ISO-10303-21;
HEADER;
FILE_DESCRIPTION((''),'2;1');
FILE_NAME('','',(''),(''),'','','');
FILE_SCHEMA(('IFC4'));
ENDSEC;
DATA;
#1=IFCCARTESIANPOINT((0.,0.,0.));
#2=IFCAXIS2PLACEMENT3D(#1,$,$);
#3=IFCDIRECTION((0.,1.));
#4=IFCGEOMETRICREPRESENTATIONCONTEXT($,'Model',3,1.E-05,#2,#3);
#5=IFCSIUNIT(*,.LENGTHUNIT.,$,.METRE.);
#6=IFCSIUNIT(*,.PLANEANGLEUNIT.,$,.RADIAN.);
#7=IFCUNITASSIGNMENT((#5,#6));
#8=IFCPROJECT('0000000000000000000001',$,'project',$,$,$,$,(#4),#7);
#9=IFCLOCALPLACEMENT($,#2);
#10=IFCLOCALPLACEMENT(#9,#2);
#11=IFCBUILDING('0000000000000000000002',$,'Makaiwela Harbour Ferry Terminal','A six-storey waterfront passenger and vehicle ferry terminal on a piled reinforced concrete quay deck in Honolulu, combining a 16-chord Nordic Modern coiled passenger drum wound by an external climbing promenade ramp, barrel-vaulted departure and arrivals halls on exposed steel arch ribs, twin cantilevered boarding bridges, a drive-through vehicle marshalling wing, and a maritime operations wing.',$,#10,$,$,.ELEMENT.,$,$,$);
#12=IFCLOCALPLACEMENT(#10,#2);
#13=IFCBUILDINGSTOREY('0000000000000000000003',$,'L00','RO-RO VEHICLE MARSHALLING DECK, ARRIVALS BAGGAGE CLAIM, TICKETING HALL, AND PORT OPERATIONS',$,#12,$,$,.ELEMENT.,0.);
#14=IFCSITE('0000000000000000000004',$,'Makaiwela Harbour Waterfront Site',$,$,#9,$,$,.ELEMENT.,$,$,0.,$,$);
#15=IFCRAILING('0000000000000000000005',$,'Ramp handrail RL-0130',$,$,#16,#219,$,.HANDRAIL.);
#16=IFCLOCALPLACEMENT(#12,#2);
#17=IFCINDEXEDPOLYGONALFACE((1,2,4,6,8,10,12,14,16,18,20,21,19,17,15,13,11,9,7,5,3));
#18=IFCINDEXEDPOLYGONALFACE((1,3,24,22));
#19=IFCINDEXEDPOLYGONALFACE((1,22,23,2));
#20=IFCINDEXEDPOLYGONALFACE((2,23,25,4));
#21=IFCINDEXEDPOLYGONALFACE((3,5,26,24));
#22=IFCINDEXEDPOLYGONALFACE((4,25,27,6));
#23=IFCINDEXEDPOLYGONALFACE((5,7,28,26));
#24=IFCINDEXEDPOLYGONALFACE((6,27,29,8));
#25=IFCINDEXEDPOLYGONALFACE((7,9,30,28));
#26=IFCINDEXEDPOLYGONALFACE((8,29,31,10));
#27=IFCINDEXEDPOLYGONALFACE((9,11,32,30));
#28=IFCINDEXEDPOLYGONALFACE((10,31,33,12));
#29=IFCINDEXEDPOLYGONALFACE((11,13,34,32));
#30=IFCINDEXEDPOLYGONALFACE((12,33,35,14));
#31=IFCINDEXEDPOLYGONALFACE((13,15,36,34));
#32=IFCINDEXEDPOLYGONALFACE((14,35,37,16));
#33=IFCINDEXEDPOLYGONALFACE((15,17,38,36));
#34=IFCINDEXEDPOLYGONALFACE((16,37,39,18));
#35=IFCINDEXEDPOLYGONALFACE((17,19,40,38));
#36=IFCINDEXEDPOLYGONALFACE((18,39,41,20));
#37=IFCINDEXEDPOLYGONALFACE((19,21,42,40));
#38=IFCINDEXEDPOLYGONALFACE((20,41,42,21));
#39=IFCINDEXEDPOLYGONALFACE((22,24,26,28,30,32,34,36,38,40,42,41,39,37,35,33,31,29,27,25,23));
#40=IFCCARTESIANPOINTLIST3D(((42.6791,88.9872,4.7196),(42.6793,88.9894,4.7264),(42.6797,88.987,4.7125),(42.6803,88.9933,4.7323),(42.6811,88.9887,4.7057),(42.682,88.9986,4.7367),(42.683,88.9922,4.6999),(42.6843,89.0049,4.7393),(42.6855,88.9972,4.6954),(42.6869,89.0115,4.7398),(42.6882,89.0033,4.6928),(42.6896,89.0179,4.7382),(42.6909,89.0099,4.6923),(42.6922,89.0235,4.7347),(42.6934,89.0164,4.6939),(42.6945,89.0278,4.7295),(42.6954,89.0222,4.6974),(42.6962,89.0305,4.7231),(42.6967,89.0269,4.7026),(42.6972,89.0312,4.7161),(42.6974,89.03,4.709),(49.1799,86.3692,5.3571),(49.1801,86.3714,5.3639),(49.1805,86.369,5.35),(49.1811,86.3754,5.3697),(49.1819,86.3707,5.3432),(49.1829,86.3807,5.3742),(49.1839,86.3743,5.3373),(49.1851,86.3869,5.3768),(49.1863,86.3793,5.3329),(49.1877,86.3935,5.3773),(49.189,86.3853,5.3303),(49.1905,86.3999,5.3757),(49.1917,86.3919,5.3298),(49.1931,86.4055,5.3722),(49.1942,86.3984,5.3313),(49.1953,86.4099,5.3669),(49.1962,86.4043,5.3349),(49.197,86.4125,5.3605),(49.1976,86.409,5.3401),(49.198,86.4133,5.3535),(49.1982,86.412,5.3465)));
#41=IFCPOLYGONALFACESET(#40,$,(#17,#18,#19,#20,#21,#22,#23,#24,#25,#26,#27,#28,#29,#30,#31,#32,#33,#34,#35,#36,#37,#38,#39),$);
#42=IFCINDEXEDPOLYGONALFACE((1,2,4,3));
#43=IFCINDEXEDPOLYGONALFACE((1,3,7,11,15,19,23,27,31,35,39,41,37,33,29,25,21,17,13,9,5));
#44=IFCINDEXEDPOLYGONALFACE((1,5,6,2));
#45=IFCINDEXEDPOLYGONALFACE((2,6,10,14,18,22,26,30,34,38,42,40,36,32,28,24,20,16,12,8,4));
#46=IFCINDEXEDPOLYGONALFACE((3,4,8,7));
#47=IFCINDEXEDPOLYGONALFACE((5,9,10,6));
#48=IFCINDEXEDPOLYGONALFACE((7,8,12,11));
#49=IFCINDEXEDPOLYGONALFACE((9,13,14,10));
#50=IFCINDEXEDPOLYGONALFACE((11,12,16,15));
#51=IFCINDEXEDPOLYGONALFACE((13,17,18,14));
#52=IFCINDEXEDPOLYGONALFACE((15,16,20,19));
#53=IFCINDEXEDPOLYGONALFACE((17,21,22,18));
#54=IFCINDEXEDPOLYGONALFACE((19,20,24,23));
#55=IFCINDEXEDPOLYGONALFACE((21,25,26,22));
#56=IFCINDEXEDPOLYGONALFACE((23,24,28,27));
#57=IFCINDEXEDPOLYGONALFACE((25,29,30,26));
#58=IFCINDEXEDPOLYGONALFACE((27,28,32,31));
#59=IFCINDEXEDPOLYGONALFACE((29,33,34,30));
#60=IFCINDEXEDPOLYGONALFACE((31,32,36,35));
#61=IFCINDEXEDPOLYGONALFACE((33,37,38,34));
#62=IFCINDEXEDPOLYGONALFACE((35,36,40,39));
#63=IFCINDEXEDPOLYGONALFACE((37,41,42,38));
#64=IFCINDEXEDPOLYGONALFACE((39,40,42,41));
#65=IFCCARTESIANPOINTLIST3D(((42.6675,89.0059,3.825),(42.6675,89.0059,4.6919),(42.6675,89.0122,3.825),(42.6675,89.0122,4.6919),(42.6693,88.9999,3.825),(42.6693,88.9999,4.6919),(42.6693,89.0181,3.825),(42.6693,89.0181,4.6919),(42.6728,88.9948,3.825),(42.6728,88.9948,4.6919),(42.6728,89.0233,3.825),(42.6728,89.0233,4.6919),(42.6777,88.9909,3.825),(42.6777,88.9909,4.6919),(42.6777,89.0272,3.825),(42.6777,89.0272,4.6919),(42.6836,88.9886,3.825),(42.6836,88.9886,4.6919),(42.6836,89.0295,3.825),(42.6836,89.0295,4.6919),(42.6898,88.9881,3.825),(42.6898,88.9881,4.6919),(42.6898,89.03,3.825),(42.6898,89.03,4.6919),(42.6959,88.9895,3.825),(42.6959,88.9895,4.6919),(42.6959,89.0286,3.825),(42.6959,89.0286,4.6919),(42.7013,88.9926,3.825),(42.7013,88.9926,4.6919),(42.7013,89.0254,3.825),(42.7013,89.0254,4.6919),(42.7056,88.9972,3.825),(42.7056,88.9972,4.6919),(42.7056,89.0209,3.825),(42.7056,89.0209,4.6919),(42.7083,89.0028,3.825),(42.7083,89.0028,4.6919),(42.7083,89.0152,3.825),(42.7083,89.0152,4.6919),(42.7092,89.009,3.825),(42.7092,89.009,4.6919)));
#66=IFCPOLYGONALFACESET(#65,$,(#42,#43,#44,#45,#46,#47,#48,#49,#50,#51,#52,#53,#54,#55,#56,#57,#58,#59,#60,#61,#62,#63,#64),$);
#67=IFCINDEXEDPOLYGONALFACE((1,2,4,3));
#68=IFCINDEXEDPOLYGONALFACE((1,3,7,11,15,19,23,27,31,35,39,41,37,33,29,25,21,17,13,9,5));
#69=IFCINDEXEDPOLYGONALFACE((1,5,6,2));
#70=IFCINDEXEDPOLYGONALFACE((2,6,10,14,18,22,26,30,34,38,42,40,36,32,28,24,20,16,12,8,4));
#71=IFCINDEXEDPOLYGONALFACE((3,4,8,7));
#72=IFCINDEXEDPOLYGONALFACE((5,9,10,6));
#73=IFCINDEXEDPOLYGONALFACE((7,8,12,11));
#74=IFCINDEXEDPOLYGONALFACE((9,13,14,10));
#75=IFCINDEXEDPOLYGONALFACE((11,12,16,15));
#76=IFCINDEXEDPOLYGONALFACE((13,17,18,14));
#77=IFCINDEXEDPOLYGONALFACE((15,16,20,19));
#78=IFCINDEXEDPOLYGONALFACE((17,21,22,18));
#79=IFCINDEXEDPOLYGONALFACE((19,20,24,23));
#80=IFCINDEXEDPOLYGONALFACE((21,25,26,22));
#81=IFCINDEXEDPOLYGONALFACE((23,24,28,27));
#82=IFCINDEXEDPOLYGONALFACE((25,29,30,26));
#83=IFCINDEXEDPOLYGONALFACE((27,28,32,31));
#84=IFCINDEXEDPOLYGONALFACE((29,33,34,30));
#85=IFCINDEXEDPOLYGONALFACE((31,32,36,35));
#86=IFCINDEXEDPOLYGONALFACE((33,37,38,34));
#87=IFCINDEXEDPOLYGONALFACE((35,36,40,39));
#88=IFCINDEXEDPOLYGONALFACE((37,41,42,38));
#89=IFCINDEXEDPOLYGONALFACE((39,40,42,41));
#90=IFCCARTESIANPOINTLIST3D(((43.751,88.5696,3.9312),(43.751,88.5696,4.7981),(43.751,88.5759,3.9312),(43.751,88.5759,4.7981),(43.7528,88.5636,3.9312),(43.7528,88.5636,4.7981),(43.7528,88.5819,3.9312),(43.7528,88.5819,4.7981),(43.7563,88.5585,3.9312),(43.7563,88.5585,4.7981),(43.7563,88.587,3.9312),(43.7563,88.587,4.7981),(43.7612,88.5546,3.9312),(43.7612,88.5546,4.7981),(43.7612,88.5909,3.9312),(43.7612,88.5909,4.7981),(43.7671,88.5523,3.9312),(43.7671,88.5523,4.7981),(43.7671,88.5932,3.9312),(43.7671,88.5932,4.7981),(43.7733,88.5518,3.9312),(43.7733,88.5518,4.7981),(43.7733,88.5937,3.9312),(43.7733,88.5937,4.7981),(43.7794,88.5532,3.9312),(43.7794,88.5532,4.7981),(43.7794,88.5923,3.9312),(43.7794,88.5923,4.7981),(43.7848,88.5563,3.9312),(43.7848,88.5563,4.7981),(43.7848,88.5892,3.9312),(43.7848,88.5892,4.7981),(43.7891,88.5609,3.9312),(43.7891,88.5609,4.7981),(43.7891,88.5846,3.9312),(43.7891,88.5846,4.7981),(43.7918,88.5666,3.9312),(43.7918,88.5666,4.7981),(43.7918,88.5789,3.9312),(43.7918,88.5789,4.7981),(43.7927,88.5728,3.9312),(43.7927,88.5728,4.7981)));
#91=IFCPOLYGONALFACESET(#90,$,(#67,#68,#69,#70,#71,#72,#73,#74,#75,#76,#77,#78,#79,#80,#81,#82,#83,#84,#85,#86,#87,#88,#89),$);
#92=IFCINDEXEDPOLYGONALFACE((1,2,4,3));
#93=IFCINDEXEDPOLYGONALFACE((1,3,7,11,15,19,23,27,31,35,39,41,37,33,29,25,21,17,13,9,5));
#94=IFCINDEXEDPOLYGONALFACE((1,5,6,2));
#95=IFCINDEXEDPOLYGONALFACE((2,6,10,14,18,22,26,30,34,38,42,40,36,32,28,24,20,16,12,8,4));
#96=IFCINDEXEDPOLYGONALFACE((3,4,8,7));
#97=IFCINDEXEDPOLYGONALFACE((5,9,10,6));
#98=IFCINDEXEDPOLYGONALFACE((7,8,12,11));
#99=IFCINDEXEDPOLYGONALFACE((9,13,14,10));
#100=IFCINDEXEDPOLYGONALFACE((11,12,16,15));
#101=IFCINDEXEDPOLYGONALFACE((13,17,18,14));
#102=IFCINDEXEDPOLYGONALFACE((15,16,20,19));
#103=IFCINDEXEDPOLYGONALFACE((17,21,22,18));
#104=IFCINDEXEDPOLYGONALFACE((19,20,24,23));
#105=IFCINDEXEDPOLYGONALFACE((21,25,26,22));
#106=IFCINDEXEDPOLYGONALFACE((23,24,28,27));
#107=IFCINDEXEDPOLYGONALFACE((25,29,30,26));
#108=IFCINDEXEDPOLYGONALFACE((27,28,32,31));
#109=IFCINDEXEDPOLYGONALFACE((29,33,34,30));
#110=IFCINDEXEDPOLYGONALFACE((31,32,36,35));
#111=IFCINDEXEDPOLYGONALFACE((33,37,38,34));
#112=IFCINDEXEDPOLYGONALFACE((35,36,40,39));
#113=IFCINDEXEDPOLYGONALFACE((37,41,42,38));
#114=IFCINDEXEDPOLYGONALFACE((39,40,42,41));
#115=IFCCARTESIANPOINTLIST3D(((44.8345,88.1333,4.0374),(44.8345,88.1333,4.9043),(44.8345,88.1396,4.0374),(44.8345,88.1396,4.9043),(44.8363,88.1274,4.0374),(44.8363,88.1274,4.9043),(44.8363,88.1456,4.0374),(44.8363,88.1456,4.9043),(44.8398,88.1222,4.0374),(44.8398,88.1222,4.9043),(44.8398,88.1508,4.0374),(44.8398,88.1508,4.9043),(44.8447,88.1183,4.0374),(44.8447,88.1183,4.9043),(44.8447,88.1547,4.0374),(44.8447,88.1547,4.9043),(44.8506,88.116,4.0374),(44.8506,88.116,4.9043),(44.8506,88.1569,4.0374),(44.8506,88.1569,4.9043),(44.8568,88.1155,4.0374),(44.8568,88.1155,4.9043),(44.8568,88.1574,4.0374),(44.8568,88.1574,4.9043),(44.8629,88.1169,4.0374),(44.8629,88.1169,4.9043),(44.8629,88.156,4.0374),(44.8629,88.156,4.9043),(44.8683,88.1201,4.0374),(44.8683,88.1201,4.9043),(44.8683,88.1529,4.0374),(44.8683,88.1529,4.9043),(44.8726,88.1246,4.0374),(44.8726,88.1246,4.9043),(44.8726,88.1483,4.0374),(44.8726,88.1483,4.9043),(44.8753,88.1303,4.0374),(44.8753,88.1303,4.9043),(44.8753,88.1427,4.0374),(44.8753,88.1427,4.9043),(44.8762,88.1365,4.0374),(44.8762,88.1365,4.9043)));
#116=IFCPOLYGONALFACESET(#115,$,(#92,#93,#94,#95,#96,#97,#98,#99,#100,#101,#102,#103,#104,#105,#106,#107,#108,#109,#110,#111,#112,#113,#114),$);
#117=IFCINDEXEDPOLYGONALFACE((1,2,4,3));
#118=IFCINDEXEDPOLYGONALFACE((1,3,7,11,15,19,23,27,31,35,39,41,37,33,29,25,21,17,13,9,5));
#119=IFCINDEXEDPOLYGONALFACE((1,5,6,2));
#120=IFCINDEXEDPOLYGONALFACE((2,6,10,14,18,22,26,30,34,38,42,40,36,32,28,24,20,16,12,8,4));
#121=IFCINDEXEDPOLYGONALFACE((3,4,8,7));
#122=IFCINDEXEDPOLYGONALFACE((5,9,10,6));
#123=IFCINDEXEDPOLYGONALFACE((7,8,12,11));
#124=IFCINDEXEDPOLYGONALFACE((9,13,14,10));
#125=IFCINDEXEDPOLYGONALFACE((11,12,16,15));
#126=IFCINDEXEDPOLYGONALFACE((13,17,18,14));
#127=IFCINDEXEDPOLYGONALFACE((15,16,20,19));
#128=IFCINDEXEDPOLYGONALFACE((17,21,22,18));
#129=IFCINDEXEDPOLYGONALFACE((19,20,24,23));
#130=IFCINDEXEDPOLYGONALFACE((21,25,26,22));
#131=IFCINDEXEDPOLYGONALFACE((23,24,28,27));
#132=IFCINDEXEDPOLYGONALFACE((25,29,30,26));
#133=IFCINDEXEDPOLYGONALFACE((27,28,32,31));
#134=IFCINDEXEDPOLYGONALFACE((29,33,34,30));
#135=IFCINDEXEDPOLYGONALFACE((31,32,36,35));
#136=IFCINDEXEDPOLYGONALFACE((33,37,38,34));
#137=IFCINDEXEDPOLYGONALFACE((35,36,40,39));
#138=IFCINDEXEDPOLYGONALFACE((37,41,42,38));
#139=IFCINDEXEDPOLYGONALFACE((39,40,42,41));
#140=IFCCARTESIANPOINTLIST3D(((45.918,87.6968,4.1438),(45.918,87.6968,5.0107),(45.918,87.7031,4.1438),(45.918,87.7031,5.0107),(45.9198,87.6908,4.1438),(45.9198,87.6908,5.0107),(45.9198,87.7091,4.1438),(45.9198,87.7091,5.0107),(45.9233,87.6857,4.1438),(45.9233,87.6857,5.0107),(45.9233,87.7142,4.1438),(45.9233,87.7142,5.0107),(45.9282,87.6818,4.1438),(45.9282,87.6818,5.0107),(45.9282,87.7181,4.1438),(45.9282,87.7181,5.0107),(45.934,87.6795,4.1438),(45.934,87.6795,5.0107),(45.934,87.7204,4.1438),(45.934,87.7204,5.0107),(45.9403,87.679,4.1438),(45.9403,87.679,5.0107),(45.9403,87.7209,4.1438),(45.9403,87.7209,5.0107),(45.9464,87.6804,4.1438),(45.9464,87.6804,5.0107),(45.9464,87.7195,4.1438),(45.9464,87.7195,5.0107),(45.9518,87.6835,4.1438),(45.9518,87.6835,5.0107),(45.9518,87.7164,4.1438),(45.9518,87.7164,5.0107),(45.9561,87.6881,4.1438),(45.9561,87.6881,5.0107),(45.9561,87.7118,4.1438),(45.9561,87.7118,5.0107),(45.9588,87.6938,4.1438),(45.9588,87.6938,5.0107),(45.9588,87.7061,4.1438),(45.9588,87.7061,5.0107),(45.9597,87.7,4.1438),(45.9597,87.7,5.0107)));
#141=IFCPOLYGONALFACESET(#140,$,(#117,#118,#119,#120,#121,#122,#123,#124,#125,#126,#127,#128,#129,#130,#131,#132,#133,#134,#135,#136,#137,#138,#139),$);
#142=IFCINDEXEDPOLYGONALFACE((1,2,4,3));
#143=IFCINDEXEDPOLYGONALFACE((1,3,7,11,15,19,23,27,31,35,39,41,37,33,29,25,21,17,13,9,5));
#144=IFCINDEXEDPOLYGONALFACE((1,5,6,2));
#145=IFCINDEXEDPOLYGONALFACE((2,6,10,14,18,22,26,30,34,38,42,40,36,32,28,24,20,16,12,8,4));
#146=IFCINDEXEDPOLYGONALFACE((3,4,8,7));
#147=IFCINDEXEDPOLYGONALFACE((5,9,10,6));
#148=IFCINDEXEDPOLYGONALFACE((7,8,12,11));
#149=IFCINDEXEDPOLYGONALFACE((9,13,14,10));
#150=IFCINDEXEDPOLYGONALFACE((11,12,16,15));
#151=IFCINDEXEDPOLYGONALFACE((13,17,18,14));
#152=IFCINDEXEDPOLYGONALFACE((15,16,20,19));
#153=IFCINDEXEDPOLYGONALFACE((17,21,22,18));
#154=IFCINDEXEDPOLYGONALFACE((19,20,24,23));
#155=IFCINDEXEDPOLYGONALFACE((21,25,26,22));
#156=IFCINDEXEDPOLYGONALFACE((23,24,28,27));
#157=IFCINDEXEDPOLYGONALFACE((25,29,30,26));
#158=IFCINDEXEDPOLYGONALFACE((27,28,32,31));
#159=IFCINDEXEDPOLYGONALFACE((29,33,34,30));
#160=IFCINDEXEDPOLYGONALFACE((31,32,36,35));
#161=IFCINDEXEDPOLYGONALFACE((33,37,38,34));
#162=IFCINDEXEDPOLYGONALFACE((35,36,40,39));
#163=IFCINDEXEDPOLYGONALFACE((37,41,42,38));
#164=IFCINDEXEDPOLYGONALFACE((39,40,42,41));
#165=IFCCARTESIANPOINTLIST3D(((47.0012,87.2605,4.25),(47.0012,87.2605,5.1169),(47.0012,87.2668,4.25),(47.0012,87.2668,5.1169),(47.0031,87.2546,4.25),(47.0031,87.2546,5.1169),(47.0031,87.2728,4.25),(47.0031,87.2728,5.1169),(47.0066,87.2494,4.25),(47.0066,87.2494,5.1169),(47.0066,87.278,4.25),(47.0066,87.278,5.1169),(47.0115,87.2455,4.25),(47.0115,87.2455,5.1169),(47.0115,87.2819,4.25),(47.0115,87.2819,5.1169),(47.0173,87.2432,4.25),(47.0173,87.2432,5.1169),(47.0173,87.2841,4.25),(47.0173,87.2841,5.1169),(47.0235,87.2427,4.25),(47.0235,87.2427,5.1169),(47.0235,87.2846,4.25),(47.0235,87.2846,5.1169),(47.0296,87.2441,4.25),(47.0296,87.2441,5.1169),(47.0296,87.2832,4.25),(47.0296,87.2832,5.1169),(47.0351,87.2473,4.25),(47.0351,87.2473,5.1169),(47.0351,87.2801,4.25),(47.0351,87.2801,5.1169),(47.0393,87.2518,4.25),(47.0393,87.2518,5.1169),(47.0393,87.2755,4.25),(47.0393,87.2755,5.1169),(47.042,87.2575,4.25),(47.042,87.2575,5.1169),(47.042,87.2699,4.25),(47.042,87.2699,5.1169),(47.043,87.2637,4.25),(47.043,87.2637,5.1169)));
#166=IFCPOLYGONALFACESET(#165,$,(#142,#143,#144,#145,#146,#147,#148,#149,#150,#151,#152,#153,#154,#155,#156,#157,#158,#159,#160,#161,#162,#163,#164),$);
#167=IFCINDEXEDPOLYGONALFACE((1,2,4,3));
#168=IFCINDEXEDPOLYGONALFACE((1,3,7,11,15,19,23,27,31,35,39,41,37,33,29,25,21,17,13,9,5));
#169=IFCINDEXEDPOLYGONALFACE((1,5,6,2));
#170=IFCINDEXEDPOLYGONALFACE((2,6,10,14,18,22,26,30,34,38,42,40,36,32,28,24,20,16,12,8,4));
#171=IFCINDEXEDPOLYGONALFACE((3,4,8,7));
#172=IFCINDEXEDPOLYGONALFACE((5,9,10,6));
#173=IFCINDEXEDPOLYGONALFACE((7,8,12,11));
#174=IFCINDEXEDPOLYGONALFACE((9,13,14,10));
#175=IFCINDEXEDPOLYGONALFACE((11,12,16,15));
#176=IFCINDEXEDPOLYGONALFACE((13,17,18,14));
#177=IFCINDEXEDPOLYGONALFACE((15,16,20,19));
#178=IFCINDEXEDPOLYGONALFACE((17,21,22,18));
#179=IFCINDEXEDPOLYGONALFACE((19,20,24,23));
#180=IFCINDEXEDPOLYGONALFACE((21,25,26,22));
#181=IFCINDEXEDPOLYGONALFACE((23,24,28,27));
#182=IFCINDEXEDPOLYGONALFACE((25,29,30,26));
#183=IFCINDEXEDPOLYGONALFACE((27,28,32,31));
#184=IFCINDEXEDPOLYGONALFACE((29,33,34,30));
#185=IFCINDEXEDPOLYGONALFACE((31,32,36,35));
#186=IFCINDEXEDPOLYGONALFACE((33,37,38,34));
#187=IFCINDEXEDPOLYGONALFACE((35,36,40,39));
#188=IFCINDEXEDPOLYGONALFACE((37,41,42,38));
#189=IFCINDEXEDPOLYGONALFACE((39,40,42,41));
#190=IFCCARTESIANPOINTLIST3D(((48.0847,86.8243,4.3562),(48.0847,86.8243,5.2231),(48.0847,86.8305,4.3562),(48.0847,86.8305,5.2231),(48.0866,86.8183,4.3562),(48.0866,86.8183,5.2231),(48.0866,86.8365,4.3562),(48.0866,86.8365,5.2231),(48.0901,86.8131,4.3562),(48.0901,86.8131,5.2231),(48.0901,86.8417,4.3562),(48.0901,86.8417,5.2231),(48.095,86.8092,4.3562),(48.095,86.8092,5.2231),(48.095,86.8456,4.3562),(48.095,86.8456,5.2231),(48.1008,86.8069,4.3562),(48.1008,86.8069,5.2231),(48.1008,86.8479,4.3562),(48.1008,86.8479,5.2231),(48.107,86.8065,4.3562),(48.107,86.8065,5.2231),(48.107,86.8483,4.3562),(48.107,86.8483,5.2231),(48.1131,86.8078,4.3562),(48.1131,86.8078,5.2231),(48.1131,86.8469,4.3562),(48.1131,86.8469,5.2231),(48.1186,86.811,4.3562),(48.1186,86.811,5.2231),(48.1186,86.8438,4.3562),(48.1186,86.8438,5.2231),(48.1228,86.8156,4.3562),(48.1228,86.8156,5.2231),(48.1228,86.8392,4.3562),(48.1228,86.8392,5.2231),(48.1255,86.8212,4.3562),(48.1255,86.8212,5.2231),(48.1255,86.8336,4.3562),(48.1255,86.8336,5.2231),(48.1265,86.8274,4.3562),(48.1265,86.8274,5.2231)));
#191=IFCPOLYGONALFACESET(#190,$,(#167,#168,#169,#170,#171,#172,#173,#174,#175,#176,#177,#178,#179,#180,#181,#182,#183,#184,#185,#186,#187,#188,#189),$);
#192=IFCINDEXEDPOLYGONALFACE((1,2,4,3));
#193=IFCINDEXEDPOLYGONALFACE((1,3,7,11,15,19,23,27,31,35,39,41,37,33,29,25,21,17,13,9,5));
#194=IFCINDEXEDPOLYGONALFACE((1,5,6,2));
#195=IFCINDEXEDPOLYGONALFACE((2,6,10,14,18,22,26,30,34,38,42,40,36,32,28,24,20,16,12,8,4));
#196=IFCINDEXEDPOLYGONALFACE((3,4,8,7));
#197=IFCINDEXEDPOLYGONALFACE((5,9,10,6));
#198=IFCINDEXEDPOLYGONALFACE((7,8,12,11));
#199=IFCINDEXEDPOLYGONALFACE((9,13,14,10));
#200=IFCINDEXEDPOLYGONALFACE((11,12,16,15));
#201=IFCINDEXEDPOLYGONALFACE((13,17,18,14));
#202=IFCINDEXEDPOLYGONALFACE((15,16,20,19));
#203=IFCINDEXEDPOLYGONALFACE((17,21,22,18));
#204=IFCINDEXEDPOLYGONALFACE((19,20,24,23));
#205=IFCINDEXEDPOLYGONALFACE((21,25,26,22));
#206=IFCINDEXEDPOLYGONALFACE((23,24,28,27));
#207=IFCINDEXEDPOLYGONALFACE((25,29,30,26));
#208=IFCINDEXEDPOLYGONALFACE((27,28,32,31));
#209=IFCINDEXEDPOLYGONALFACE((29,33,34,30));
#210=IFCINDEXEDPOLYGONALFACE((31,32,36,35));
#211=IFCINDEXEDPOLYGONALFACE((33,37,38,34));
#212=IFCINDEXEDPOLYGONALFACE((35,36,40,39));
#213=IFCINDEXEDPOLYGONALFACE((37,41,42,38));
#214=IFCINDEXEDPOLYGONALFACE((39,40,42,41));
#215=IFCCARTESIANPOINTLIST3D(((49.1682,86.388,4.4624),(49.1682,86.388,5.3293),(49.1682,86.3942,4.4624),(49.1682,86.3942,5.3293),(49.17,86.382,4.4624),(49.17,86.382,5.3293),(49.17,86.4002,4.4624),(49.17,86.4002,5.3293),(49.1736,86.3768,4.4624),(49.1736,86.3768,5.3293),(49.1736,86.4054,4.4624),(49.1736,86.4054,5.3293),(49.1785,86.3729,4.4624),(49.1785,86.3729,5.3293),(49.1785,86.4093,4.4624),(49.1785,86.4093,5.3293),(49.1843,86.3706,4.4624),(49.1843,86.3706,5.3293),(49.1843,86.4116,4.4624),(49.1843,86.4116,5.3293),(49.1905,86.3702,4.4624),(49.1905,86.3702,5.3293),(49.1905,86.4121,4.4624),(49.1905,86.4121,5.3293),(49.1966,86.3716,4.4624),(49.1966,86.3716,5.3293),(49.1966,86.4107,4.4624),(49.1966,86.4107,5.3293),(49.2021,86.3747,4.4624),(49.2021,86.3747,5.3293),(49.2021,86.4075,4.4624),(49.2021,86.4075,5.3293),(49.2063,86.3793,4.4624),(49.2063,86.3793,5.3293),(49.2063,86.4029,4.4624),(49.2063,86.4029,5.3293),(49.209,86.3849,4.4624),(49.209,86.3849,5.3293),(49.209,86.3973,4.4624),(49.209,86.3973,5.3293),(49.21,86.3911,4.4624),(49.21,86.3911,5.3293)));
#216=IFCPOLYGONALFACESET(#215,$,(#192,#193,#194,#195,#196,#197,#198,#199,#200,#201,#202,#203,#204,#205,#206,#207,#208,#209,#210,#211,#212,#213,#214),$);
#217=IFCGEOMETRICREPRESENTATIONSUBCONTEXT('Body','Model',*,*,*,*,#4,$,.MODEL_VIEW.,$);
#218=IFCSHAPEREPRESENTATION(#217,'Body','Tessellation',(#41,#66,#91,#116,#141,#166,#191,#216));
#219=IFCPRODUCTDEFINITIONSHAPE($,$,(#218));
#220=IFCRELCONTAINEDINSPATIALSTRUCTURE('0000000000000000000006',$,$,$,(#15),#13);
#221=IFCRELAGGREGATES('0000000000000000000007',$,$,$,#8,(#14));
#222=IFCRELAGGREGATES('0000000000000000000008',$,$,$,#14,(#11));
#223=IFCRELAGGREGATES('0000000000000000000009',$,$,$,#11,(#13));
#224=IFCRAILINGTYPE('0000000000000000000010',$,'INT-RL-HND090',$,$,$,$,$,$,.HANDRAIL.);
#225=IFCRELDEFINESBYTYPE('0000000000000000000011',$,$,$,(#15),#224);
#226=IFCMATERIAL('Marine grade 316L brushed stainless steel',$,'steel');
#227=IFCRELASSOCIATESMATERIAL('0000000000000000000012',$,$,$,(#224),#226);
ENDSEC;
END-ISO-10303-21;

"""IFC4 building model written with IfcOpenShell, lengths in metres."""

from ifc_helpers import new_model, si_unit, direction, frame, origin, origin_2d, place, context, subcontext, project, spatial, circle, extrude, material, type_object, element, save


model = new_model("IFC4")

# Units and contexts
model_context = context("Model", 3, precision=1e-05, world=origin(), true_north=direction((0.0, 1.0)))
body_context = subcontext(model_context, "Body", "Model", "MODEL_VIEW")
ifc_project = project(units=[si_unit("LENGTHUNIT", "METRE"), si_unit("PLANEANGLEUNIT", "RADIAN")], contexts=[model_context])

# Site, building, storey
site_placement = place(None, origin())
site = spatial("IfcSite", under=ifc_project, at=site_placement, Name="Makaiwela Harbour Waterfront Site", CompositionType="ELEMENT", RefElevation=0.0)
building_placement = place(site_placement, origin())
building = spatial("IfcBuilding", under=site, at=building_placement, Name="Makaiwela Harbour Ferry Terminal", Description="A six-storey waterfront passenger and vehicle ferry terminal on a piled reinforced concrete quay deck in Honolulu, combining a 16-chord Nordic Modern coiled passenger drum wound by an external climbing promenade ramp, barrel-vaulted departure and arrivals halls on exposed steel arch ribs, twin cantilevered boarding bridges, a drive-through vehicle marshalling wing, and a maritime operations wing.", CompositionType="ELEMENT")
storey_placement = place(building_placement, origin())
storey = spatial("IfcBuildingStorey", under=building, at=storey_placement, Name="L00", Description="RO-RO VEHICLE MARSHALLING DECK, ARRIVALS BAGGAGE CLAIM, TICKETING HALL, AND PORT OPERATIONS", CompositionType="ELEMENT", Elevation=0.0)

# Railing
ifc_material_1 = material(Name="Marine grade 316L brushed stainless steel", Category="steel")
railing_type_1 = type_object("IfcRailingType", Name="INT-RL-HND090", PredefinedType="HANDRAIL", material=ifc_material_1)
railing_1_placement = place(storey_placement, frame((42.6882, 89.009, 3.825)))
element("IfcRailing", 1, at=railing_1_placement, inside=storey, type_object=railing_type_1, Name="Ramp handrail RL-0130", PredefinedType="HANDRAIL", context=body_context, shape_type="SweptSolid", body=[
    extrude(circle(Radius=0.0239, at=origin_2d()), frame((0.0, 0.0, 0.8911), z_axis=(0.923793, -0.372022, 0.090586), x_axis=(0.373558, 0.927607, 0.0)), (0.0, 0.0, 1.0), 7.0371),
    extrude(circle(Radius=0.021, at=origin_2d()), origin(), (0.0, 0.0, 1.0), 0.8669),
    extrude(circle(Radius=0.021, at=origin_2d()), frame((1.0835, -0.4363, 0.1062)), (0.0, 0.0, 1.0), 0.8669),
    extrude(circle(Radius=0.021, at=origin_2d()), frame((2.167, -0.8726, 0.2124)), (0.0, 0.0, 1.0), 0.8669),
    extrude(circle(Radius=0.021, at=origin_2d()), frame((3.2505, -1.3091, 0.3188)), (0.0, 0.0, 1.0), 0.8669),
    extrude(circle(Radius=0.021, at=origin_2d()), frame((4.3337, -1.7454, 0.425)), (0.0, 0.0, 1.0), 0.8669),
    extrude(circle(Radius=0.021, at=origin_2d()), frame((5.4172, -2.1816, 0.5312)), (0.0, 0.0, 1.0), 0.8669),
    extrude(circle(Radius=0.021, at=origin_2d()), frame((6.5007, -2.6179, 0.6375)), (0.0, 0.0, 1.0), 0.8669),
])

save(model, "model.ifc")
